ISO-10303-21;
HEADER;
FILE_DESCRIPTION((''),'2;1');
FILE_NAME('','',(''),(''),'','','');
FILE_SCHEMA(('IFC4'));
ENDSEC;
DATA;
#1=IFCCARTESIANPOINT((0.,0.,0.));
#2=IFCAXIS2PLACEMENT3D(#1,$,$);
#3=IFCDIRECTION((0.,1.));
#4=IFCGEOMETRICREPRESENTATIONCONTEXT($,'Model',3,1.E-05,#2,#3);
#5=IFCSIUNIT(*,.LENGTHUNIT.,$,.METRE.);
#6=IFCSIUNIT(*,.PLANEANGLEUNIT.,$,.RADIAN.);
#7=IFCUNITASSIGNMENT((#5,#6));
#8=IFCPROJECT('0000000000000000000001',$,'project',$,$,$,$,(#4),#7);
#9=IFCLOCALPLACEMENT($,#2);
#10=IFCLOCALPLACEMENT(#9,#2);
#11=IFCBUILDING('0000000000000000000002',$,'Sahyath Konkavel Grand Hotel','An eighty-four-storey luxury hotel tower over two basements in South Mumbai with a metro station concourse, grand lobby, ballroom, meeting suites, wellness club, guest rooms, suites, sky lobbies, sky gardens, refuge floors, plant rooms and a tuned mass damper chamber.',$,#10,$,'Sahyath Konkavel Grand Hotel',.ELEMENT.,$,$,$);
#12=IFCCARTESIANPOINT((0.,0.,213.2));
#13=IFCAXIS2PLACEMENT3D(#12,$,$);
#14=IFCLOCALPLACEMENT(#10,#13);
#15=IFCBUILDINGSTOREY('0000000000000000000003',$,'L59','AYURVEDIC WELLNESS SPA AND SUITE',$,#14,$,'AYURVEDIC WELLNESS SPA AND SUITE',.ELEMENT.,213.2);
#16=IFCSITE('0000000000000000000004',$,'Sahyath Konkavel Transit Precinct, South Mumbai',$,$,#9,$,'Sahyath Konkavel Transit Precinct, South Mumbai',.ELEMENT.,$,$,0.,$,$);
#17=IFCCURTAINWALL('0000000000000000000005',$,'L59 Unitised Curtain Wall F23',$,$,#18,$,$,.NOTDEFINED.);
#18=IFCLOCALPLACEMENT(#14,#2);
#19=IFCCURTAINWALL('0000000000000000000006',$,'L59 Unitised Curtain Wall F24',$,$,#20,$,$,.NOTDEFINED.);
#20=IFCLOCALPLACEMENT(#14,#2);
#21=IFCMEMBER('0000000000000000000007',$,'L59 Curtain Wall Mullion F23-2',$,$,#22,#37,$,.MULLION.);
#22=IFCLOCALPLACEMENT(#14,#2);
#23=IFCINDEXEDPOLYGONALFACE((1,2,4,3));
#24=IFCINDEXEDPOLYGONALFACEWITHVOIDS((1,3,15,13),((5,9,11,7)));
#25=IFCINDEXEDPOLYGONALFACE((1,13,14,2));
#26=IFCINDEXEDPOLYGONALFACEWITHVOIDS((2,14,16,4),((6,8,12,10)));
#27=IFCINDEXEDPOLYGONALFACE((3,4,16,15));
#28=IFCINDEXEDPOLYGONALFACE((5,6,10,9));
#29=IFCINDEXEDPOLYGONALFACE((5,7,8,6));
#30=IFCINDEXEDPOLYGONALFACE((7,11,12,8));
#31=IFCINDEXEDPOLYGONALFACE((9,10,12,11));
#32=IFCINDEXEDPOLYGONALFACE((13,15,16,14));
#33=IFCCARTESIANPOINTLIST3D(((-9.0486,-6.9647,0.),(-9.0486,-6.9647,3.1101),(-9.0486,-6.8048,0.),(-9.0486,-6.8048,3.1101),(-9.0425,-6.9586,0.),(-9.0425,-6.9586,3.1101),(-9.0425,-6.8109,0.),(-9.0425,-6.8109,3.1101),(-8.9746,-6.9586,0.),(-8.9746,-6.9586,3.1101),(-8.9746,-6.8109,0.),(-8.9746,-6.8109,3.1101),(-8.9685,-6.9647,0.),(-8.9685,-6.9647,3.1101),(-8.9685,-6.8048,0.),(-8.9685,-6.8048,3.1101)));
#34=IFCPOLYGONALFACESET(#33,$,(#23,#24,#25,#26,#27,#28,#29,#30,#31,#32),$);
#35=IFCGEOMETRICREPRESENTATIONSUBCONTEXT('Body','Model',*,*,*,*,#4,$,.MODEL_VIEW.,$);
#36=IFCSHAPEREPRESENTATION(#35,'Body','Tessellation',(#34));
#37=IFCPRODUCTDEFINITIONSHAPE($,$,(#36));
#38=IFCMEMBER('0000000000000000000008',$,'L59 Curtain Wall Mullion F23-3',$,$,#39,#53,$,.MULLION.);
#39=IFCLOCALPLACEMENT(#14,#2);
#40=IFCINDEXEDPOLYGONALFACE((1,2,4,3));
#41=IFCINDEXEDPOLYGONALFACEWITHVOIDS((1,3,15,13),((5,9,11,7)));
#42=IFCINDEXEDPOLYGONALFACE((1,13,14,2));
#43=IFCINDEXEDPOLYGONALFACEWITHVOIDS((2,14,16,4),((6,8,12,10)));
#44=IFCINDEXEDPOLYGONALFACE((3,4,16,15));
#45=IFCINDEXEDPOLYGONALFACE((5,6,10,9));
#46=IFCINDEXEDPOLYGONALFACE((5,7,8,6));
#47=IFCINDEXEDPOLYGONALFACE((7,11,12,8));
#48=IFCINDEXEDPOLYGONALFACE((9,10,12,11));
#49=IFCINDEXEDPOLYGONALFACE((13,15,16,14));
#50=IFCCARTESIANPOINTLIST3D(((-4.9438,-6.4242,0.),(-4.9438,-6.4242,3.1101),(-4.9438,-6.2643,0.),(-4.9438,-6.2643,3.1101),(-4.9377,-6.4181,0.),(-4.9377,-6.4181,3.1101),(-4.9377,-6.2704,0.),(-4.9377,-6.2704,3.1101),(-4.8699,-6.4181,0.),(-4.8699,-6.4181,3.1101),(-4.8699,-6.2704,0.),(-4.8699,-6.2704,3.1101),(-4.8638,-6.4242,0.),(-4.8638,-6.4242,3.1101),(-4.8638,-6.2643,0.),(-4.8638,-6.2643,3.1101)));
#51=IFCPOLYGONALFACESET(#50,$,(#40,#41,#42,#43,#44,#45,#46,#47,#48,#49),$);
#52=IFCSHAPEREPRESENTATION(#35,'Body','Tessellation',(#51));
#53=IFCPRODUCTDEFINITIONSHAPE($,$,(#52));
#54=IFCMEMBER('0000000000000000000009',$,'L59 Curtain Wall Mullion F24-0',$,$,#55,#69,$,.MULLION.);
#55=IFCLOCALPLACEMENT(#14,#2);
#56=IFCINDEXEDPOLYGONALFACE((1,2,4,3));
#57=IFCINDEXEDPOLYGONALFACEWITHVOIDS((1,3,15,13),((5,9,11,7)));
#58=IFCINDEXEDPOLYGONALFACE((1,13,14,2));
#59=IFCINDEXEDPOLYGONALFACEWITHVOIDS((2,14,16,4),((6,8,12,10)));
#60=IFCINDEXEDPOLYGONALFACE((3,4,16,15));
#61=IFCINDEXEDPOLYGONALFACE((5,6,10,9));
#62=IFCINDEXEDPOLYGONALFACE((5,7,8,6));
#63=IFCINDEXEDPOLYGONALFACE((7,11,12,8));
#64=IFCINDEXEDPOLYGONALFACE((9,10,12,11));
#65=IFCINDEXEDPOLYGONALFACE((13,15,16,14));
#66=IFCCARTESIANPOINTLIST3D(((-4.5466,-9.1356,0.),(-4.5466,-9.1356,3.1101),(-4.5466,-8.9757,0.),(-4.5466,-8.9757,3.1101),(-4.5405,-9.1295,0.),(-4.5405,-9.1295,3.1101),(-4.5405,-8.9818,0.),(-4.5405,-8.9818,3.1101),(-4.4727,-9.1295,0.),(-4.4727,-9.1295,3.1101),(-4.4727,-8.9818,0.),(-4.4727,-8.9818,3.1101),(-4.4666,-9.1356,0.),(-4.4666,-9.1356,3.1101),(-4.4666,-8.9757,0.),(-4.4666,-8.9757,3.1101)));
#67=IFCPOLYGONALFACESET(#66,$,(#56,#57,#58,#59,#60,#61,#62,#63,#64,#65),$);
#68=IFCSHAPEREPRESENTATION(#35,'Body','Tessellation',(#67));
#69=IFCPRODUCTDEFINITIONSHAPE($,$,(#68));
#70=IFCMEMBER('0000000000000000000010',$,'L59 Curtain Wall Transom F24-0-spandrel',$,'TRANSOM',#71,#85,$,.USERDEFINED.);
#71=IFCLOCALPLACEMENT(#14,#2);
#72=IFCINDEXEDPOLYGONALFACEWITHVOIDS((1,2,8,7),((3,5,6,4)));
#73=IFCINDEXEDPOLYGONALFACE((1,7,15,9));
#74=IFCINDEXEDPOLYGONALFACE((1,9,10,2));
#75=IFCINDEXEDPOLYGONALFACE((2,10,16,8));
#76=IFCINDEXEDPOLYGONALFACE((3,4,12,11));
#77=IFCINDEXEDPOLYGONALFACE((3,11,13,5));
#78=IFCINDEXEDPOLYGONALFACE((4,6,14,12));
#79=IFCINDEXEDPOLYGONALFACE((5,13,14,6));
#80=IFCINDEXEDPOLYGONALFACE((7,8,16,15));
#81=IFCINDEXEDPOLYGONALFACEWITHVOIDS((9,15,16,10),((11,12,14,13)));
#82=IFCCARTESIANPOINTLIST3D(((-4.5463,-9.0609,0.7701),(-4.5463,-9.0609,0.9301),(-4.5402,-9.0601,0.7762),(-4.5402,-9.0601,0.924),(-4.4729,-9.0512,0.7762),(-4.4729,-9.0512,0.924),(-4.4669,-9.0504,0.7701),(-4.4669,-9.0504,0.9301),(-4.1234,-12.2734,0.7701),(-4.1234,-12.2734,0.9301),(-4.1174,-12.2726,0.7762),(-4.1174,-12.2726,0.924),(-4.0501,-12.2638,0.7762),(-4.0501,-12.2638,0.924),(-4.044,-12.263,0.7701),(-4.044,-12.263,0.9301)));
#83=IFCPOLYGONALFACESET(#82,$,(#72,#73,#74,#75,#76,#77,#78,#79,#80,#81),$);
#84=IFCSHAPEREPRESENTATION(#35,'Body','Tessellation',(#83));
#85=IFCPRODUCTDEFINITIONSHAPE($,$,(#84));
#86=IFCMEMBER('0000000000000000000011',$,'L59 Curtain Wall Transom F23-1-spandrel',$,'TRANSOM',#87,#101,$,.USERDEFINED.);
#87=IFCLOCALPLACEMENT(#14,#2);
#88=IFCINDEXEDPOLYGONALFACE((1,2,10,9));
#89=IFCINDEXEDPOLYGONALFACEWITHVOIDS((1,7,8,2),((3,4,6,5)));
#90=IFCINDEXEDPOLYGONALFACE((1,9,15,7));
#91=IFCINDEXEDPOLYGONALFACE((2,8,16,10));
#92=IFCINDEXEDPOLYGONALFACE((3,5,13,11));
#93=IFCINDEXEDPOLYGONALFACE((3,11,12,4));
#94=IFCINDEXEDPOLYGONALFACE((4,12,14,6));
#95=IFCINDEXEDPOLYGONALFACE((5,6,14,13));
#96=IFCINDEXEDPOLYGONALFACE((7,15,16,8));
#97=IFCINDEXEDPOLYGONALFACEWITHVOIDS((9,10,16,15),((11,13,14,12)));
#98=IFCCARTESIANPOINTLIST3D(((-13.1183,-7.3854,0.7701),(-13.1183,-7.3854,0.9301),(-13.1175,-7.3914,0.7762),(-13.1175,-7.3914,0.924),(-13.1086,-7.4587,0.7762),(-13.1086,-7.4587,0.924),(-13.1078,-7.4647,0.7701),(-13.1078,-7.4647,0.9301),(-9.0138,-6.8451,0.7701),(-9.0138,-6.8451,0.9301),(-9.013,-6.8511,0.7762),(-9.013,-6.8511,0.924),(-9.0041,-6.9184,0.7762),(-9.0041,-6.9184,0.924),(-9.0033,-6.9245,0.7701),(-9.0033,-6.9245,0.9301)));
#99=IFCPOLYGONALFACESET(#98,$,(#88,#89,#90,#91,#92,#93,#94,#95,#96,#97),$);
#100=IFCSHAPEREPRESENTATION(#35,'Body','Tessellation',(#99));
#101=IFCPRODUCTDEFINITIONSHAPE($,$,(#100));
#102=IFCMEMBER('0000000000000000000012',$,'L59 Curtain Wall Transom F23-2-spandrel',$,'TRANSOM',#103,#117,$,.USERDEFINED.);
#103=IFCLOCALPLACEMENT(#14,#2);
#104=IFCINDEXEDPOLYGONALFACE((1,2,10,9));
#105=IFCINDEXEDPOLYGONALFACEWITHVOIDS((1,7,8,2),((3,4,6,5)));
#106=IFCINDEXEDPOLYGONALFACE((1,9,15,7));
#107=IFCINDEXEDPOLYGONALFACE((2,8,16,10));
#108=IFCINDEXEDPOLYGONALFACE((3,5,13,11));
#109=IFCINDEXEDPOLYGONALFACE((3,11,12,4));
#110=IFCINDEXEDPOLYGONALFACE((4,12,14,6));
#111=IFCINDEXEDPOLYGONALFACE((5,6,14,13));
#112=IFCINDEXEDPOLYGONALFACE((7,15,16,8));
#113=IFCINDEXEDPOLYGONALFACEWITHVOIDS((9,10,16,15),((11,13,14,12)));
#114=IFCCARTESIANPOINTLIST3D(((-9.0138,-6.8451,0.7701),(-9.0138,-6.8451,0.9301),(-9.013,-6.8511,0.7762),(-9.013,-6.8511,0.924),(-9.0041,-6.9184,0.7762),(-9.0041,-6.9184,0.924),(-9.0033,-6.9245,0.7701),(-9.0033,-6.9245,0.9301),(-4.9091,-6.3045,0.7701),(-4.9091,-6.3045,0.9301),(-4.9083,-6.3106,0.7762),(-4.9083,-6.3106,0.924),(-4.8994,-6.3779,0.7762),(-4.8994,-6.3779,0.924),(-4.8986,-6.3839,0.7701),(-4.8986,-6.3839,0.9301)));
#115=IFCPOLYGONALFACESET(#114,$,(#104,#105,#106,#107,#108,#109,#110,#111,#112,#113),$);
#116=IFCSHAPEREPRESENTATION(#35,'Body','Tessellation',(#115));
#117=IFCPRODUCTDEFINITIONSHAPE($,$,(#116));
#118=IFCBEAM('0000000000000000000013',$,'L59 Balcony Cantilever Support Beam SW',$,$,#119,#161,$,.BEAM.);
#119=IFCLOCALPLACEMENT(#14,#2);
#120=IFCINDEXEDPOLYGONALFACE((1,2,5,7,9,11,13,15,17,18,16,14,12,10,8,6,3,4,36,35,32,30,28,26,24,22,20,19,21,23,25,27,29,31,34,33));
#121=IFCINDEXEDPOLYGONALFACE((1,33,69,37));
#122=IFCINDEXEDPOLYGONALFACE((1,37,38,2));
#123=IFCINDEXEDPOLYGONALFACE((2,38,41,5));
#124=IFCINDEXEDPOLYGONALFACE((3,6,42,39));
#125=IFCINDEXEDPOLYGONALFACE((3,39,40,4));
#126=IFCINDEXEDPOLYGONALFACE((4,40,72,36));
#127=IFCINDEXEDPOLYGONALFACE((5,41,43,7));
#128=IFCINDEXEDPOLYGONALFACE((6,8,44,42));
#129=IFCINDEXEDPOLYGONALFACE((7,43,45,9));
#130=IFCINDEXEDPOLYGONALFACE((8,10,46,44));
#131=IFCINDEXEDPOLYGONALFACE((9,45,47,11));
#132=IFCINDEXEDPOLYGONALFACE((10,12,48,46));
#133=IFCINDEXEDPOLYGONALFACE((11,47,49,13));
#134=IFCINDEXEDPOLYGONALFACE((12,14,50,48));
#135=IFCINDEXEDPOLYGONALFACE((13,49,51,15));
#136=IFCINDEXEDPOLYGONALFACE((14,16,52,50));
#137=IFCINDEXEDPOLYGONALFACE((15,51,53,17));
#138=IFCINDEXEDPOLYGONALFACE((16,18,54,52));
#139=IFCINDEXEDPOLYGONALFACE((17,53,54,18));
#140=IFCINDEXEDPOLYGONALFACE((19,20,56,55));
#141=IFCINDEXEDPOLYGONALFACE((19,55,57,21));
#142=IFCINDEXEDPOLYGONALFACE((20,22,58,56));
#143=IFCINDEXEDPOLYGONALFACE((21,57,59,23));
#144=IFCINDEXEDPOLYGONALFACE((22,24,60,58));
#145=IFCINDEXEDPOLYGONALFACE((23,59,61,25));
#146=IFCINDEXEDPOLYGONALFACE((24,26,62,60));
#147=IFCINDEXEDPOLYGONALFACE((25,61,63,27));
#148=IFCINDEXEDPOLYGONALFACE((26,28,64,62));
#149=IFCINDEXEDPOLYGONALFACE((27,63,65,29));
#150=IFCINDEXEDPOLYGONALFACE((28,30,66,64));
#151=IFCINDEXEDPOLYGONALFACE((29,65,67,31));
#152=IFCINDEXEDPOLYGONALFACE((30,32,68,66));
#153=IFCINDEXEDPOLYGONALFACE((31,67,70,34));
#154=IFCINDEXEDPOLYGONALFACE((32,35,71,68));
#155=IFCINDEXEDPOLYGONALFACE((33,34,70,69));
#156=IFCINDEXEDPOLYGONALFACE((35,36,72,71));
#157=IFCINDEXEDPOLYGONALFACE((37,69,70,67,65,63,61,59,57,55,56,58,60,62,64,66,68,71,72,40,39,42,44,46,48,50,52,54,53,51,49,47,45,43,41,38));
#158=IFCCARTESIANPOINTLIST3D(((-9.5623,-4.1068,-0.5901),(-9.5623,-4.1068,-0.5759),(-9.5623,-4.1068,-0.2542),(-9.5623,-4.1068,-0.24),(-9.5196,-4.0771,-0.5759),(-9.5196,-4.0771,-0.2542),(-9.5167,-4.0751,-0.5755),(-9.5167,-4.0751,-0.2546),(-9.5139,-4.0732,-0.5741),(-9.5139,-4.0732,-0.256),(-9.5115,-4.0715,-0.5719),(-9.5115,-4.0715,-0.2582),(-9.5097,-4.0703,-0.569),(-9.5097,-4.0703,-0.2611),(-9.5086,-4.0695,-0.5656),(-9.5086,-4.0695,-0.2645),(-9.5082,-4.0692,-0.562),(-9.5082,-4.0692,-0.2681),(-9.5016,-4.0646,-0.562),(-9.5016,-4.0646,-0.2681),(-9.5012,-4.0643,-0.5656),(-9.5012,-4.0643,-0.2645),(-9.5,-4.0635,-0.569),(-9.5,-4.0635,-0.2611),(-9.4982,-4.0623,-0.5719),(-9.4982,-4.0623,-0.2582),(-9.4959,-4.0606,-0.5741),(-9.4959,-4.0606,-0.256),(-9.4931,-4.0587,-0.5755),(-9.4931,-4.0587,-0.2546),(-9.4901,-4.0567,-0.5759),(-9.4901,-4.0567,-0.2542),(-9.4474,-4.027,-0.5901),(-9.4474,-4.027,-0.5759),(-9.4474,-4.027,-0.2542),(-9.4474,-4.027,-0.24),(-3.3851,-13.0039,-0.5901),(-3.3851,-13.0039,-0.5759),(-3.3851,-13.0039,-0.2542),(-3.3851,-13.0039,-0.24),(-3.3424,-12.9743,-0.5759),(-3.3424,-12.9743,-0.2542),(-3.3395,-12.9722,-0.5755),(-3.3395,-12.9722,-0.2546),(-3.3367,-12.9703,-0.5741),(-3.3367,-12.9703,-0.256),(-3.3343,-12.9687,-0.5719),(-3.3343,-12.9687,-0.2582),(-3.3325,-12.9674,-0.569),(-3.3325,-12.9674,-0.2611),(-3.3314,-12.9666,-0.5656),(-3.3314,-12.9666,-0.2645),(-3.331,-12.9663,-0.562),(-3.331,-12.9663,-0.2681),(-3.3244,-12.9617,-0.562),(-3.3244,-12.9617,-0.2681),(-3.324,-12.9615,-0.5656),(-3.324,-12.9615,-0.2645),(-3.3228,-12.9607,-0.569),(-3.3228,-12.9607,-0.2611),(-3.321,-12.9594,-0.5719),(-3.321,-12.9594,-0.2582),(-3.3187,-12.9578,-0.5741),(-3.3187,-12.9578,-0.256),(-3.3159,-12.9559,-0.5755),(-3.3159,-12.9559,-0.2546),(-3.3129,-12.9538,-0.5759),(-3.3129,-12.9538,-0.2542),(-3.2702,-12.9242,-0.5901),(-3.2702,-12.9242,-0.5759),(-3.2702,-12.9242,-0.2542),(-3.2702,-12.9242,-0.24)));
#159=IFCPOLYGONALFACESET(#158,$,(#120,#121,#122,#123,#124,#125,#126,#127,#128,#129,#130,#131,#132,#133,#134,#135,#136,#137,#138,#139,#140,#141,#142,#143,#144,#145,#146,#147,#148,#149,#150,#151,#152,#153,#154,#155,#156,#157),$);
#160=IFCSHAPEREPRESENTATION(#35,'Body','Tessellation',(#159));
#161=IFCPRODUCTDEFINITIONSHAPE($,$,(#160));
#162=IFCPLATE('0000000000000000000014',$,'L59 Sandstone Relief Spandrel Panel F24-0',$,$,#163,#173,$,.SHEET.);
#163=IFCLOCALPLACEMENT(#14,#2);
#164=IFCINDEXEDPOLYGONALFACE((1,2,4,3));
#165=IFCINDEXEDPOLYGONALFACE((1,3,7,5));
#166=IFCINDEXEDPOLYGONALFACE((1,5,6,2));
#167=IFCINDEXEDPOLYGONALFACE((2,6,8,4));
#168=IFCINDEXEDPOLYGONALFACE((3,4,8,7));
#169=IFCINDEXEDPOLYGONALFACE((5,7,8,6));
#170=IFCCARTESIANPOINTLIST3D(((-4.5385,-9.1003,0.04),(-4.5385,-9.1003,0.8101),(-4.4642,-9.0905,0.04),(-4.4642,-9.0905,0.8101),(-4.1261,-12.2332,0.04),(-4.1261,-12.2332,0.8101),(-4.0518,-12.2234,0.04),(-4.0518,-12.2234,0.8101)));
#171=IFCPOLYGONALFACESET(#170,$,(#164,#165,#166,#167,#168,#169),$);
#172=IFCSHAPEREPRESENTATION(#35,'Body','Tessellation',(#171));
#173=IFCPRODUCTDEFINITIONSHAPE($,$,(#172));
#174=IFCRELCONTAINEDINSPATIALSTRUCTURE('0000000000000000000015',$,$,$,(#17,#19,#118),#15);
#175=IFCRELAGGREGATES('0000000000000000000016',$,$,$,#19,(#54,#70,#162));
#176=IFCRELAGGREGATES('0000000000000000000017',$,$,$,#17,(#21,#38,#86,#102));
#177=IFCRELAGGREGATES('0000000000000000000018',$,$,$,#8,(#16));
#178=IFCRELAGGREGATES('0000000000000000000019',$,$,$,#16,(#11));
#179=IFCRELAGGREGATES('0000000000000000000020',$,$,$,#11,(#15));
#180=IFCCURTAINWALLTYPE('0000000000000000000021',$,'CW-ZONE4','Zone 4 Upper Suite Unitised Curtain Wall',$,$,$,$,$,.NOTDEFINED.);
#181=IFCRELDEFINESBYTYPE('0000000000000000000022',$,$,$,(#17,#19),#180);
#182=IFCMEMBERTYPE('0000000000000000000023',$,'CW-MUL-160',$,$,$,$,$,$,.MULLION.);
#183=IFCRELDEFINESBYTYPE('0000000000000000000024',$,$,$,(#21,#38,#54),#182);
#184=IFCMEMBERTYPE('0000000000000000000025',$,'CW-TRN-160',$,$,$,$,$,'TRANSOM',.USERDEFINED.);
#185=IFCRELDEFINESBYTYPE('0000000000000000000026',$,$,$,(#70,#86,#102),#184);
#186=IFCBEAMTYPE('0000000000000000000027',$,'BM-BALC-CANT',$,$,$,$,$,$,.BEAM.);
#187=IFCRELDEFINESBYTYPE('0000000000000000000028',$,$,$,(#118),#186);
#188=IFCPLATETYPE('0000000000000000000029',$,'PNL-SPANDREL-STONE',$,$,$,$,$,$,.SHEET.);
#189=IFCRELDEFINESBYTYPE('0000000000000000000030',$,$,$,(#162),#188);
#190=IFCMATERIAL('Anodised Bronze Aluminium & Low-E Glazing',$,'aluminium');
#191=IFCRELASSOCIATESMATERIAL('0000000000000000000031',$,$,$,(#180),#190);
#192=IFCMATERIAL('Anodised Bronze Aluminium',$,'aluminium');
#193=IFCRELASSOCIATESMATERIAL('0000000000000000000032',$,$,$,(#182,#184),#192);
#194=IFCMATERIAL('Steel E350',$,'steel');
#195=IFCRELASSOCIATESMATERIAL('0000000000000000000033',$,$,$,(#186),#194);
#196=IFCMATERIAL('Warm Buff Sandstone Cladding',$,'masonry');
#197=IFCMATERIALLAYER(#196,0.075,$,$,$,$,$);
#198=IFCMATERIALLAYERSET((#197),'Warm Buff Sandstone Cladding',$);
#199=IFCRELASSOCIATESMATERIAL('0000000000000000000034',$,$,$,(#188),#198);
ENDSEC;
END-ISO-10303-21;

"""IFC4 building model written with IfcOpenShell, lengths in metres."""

from ifc_helpers import new_model, si_unit, direction, frame, origin, origin_2d, place, context, subcontext, project, spatial, rectangle, hollow_rectangle, i_section, extrude, source, transform, mapped, material, layer, layer_set, material_profile, profile_set, type_object, element, aggregate, save


model = new_model("IFC4")

# Units and contexts
model_context = context("Model", 3, precision=1e-05, world=origin(), true_north=direction((0.0, 1.0)))
body_context = subcontext(model_context, "Body", "Model", "MODEL_VIEW")
ifc_project = project(units=[si_unit("LENGTHUNIT", "METRE"), si_unit("PLANEANGLEUNIT", "RADIAN")], contexts=[model_context])

# Site, building, storey
site_placement = place(None, origin())
site = spatial("IfcSite", under=ifc_project, at=site_placement, Name="Sahyath Konkavel Transit Precinct, South Mumbai", LongName="Sahyath Konkavel Transit Precinct, South Mumbai", CompositionType="ELEMENT", RefElevation=0.0)
building_placement = place(site_placement, origin())
building = spatial("IfcBuilding", under=site, at=building_placement, Name="Sahyath Konkavel Grand Hotel", Description="An eighty-four-storey luxury hotel tower over two basements in South Mumbai with a metro station concourse, grand lobby, ballroom, meeting suites, wellness club, guest rooms, suites, sky lobbies, sky gardens, refuge floors, plant rooms and a tuned mass damper chamber.", LongName="Sahyath Konkavel Grand Hotel", CompositionType="ELEMENT")
storey_placement = place(building_placement, frame((0.0, 0.0, 213.2)))
storey = spatial("IfcBuildingStorey", under=building, at=storey_placement, Name="L59", Description="AYURVEDIC WELLNESS SPA AND SUITE", LongName="AYURVEDIC WELLNESS SPA AND SUITE", CompositionType="ELEMENT", Elevation=213.2)

# Shared definitions
ifc_material_1 = material(Name="Steel E350", Category="steel")

# Curtain walls
ifc_material_2 = material(Name="Anodised Bronze Aluminium & Low-E Glazing", Category="aluminium")
curtain_wall_type = type_object("IfcCurtainWallType", Name="CW-ZONE4", Description="Zone 4 Upper Suite Unitised Curtain Wall", PredefinedType="NOTDEFINED", material=ifc_material_2)
curtain_wall_1_placement = place(storey_placement, origin())
curtain_wall_1 = element("IfcCurtainWall", 1, at=curtain_wall_1_placement, inside=storey, type_object=curtain_wall_type, Name="L59 Unitised Curtain Wall F23", PredefinedType="NOTDEFINED")
curtain_wall_2_placement = place(storey_placement, origin())
curtain_wall_2 = element("IfcCurtainWall", 2, at=curtain_wall_2_placement, inside=storey, type_object=curtain_wall_type, Name="L59 Unitised Curtain Wall F24", PredefinedType="NOTDEFINED")

# Members
ifc_material_3 = material(Name="Anodised Bronze Aluminium", Category="aluminium")
ifc_material_profile_1 = material_profile(ifc_material_3, hollow_rectangle(XDim=0.0801, YDim=0.1599, WallThickness=0.0061, at=origin_2d()), Name="RHS 160x80x6")
ifc_profile_set_1 = profile_set([ifc_material_profile_1], Name="Anodised Bronze Aluminium")
member_type_1 = type_object("IfcMemberType", Name="CW-MUL-160", PredefinedType="MULLION", material=ifc_profile_set_1)
shared_shape_1 = source(origin(), body_context, "Body", "SweptSolid", [
    extrude(hollow_rectangle(XDim=0.0801, YDim=0.1599, WallThickness=0.0061, at=origin_2d()), origin(), (0.0, 0.0, 1.0), 3.1101),
])
member_1_placement = place(storey_placement, frame((-9.0085, -6.8848, 0.0), z_axis=(0.0, 0.0, 1.0), x_axis=(1.0, 0.0, 0.0)))
member_1 = element("IfcMember", 3, at=member_1_placement, type_object=member_type_1, Name="L59 Curtain Wall Mullion F23-2", PredefinedType="MULLION", context=body_context, shape_type="MappedRepresentation", body=[
    mapped(shared_shape_1, transform((0.0, 0.0, 0.0), scale=1.0)),
])
member_2_placement = place(storey_placement, frame((-4.9038, -6.3442, 0.0), z_axis=(0.0, 0.0, 1.0), x_axis=(1.0, 0.0, 0.0)))
member_2 = element("IfcMember", 4, at=member_2_placement, type_object=member_type_1, Name="L59 Curtain Wall Mullion F23-3", PredefinedType="MULLION", context=body_context, shape_type="MappedRepresentation", body=[
    mapped(shared_shape_1, transform((0.0, 0.0, 0.0), scale=1.0)),
])
member_3_placement = place(storey_placement, frame((-4.5066, -9.0557, 0.0), z_axis=(0.0, 0.0, 1.0), x_axis=(1.0, 0.0, 0.0)))
member_3 = element("IfcMember", 5, at=member_3_placement, type_object=member_type_1, Name="L59 Curtain Wall Mullion F24-0", PredefinedType="MULLION", context=body_context, shape_type="MappedRepresentation", body=[
    mapped(shared_shape_1, transform((0.0, 0.0, 0.0), scale=1.0)),
])
ifc_material_profile_2 = material_profile(ifc_material_3, hollow_rectangle(XDim=0.0801, YDim=0.1599, WallThickness=0.0061, at=origin_2d()), Name="RHS 160x80x6")
ifc_profile_set_2 = profile_set([ifc_material_profile_2], Name="Anodised Bronze Aluminium")
member_type_2 = type_object("IfcMemberType", Name="CW-TRN-160", ElementType="TRANSOM", PredefinedType="USERDEFINED", material=ifc_profile_set_2)
shared_shape_2 = source(origin(), body_context, "Body", "SweptSolid", [
    extrude(hollow_rectangle(XDim=0.0801, YDim=0.1599, WallThickness=0.0061, at=origin_2d()), origin(), (0.0, 0.0, 1.0), 3.2402),
])
member_4_placement = place(storey_placement, frame((-4.5066, -9.0557, 0.8501), z_axis=(0.130505, -0.991448, 0.0), x_axis=(0.991448, 0.130505, 0.0)))
member_4 = element("IfcMember", 6, at=member_4_placement, type_object=member_type_2, Name="L59 Curtain Wall Transom F24-0-spandrel", ObjectType="TRANSOM", PredefinedType="USERDEFINED", context=body_context, shape_type="MappedRepresentation", body=[
    mapped(shared_shape_2, transform((0.0, 0.0, 0.0), scale=1.0)),
])
shared_shape_3 = source(origin(), body_context, "Body", "SweptSolid", [
    extrude(hollow_rectangle(XDim=0.0801, YDim=0.1599, WallThickness=0.0061, at=origin_2d()), origin(), (0.0, 0.0, 1.0), 4.1399),
])
member_5_placement = place(storey_placement, frame((-13.113, -7.425, 0.8501), z_axis=(0.991447, 0.130506, 0.0), x_axis=(-0.130506, 0.991447, 0.0)))
member_5 = element("IfcMember", 7, at=member_5_placement, type_object=member_type_2, Name="L59 Curtain Wall Transom F23-1-spandrel", ObjectType="TRANSOM", PredefinedType="USERDEFINED", context=body_context, shape_type="MappedRepresentation", body=[
    mapped(shared_shape_3, transform((0.0, 0.0, 0.0), scale=1.0)),
])
shared_shape_4 = source(origin(), body_context, "Body", "SweptSolid", [
    extrude(hollow_rectangle(XDim=0.0801, YDim=0.1599, WallThickness=0.0061, at=origin_2d()), origin(), (0.0, 0.0, 1.0), 4.1401),
])
member_6_placement = place(storey_placement, frame((-9.0085, -6.8848, 0.8501), z_axis=(0.991441, 0.130557, 0.0), x_axis=(-0.130557, 0.991441, 0.0)))
member_6 = element("IfcMember", 8, at=member_6_placement, type_object=member_type_2, Name="L59 Curtain Wall Transom F23-2-spandrel", ObjectType="TRANSOM", PredefinedType="USERDEFINED", context=body_context, shape_type="MappedRepresentation", body=[
    mapped(shared_shape_4, transform((0.0, 0.0, 0.0), scale=1.0)),
])

# Beam
ifc_material_profile_3 = material_profile(ifc_material_1, i_section(OverallWidth=0.1399, OverallDepth=0.3501, WebThickness=0.0081, FlangeThickness=0.0142, FilletRadius=0.0139, at=origin_2d()), Name="ISMB 350")
ifc_profile_set_3 = profile_set([ifc_material_profile_3], Name="Steel E350")
beam_type_1 = type_object("IfcBeamType", Name="BM-BALC-CANT", PredefinedType="BEAM", material=ifc_profile_set_3)
shared_shape_5 = source(origin(), body_context, "Body", "SweptSolid", [
    extrude(i_section(OverallWidth=0.1399, OverallDepth=0.3501, WebThickness=0.0081, FlangeThickness=0.0142, FilletRadius=0.0139, at=origin_2d()), origin(), (0.0, 0.0, 1.0), 10.8313),
])
beam_1_placement = place(storey_placement, frame((-9.5049, -4.0669, -0.415), z_axis=(0.57031, -0.82143, 0.0), x_axis=(0.82143, 0.57031, 0.0)))
element("IfcBeam", 9, at=beam_1_placement, inside=storey, type_object=beam_type_1, Name="L59 Balcony Cantilever Support Beam SW", PredefinedType="BEAM", context=body_context, shape_type="MappedRepresentation", body=[
    mapped(shared_shape_5, transform((0.0, 0.0, 0.0), scale=1.0)),
])

# Plate
ifc_material_4 = material(Name="Warm Buff Sandstone Cladding", Category="masonry")
ifc_layer_1 = layer(ifc_material_4, 0.075)
ifc_layer_set_1 = layer_set([ifc_layer_1], Name="Warm Buff Sandstone Cladding")
plate_type_1 = type_object("IfcPlateType", Name="PNL-SPANDREL-STONE", PredefinedType="SHEET", material=ifc_layer_set_1)
shared_shape_6 = source(origin(), body_context, "Body", "SweptSolid", [
    extrude(rectangle(XDim=3.1599, YDim=0.075, at=origin_2d()), origin(), (0.0, 0.0, 1.0), 0.77),
])
plate_1_placement = place(storey_placement, frame((-4.2952, -10.6619, 0.04), z_axis=(0.0, 0.0, 1.0), x_axis=(0.130526, -0.991445, 0.0)))
plate_1 = element("IfcPlate", 10, at=plate_1_placement, type_object=plate_type_1, Name="L59 Sandstone Relief Spandrel Panel F24-0", PredefinedType="SHEET", context=body_context, shape_type="MappedRepresentation", body=[
    mapped(shared_shape_6, transform((0.0, 0.0, 0.0), scale=1.0)),
])
aggregate(curtain_wall_2, [member_3, member_4, plate_1])
aggregate(curtain_wall_1, [member_1, member_2, member_5, member_6])

save(model, "model.ifc")
